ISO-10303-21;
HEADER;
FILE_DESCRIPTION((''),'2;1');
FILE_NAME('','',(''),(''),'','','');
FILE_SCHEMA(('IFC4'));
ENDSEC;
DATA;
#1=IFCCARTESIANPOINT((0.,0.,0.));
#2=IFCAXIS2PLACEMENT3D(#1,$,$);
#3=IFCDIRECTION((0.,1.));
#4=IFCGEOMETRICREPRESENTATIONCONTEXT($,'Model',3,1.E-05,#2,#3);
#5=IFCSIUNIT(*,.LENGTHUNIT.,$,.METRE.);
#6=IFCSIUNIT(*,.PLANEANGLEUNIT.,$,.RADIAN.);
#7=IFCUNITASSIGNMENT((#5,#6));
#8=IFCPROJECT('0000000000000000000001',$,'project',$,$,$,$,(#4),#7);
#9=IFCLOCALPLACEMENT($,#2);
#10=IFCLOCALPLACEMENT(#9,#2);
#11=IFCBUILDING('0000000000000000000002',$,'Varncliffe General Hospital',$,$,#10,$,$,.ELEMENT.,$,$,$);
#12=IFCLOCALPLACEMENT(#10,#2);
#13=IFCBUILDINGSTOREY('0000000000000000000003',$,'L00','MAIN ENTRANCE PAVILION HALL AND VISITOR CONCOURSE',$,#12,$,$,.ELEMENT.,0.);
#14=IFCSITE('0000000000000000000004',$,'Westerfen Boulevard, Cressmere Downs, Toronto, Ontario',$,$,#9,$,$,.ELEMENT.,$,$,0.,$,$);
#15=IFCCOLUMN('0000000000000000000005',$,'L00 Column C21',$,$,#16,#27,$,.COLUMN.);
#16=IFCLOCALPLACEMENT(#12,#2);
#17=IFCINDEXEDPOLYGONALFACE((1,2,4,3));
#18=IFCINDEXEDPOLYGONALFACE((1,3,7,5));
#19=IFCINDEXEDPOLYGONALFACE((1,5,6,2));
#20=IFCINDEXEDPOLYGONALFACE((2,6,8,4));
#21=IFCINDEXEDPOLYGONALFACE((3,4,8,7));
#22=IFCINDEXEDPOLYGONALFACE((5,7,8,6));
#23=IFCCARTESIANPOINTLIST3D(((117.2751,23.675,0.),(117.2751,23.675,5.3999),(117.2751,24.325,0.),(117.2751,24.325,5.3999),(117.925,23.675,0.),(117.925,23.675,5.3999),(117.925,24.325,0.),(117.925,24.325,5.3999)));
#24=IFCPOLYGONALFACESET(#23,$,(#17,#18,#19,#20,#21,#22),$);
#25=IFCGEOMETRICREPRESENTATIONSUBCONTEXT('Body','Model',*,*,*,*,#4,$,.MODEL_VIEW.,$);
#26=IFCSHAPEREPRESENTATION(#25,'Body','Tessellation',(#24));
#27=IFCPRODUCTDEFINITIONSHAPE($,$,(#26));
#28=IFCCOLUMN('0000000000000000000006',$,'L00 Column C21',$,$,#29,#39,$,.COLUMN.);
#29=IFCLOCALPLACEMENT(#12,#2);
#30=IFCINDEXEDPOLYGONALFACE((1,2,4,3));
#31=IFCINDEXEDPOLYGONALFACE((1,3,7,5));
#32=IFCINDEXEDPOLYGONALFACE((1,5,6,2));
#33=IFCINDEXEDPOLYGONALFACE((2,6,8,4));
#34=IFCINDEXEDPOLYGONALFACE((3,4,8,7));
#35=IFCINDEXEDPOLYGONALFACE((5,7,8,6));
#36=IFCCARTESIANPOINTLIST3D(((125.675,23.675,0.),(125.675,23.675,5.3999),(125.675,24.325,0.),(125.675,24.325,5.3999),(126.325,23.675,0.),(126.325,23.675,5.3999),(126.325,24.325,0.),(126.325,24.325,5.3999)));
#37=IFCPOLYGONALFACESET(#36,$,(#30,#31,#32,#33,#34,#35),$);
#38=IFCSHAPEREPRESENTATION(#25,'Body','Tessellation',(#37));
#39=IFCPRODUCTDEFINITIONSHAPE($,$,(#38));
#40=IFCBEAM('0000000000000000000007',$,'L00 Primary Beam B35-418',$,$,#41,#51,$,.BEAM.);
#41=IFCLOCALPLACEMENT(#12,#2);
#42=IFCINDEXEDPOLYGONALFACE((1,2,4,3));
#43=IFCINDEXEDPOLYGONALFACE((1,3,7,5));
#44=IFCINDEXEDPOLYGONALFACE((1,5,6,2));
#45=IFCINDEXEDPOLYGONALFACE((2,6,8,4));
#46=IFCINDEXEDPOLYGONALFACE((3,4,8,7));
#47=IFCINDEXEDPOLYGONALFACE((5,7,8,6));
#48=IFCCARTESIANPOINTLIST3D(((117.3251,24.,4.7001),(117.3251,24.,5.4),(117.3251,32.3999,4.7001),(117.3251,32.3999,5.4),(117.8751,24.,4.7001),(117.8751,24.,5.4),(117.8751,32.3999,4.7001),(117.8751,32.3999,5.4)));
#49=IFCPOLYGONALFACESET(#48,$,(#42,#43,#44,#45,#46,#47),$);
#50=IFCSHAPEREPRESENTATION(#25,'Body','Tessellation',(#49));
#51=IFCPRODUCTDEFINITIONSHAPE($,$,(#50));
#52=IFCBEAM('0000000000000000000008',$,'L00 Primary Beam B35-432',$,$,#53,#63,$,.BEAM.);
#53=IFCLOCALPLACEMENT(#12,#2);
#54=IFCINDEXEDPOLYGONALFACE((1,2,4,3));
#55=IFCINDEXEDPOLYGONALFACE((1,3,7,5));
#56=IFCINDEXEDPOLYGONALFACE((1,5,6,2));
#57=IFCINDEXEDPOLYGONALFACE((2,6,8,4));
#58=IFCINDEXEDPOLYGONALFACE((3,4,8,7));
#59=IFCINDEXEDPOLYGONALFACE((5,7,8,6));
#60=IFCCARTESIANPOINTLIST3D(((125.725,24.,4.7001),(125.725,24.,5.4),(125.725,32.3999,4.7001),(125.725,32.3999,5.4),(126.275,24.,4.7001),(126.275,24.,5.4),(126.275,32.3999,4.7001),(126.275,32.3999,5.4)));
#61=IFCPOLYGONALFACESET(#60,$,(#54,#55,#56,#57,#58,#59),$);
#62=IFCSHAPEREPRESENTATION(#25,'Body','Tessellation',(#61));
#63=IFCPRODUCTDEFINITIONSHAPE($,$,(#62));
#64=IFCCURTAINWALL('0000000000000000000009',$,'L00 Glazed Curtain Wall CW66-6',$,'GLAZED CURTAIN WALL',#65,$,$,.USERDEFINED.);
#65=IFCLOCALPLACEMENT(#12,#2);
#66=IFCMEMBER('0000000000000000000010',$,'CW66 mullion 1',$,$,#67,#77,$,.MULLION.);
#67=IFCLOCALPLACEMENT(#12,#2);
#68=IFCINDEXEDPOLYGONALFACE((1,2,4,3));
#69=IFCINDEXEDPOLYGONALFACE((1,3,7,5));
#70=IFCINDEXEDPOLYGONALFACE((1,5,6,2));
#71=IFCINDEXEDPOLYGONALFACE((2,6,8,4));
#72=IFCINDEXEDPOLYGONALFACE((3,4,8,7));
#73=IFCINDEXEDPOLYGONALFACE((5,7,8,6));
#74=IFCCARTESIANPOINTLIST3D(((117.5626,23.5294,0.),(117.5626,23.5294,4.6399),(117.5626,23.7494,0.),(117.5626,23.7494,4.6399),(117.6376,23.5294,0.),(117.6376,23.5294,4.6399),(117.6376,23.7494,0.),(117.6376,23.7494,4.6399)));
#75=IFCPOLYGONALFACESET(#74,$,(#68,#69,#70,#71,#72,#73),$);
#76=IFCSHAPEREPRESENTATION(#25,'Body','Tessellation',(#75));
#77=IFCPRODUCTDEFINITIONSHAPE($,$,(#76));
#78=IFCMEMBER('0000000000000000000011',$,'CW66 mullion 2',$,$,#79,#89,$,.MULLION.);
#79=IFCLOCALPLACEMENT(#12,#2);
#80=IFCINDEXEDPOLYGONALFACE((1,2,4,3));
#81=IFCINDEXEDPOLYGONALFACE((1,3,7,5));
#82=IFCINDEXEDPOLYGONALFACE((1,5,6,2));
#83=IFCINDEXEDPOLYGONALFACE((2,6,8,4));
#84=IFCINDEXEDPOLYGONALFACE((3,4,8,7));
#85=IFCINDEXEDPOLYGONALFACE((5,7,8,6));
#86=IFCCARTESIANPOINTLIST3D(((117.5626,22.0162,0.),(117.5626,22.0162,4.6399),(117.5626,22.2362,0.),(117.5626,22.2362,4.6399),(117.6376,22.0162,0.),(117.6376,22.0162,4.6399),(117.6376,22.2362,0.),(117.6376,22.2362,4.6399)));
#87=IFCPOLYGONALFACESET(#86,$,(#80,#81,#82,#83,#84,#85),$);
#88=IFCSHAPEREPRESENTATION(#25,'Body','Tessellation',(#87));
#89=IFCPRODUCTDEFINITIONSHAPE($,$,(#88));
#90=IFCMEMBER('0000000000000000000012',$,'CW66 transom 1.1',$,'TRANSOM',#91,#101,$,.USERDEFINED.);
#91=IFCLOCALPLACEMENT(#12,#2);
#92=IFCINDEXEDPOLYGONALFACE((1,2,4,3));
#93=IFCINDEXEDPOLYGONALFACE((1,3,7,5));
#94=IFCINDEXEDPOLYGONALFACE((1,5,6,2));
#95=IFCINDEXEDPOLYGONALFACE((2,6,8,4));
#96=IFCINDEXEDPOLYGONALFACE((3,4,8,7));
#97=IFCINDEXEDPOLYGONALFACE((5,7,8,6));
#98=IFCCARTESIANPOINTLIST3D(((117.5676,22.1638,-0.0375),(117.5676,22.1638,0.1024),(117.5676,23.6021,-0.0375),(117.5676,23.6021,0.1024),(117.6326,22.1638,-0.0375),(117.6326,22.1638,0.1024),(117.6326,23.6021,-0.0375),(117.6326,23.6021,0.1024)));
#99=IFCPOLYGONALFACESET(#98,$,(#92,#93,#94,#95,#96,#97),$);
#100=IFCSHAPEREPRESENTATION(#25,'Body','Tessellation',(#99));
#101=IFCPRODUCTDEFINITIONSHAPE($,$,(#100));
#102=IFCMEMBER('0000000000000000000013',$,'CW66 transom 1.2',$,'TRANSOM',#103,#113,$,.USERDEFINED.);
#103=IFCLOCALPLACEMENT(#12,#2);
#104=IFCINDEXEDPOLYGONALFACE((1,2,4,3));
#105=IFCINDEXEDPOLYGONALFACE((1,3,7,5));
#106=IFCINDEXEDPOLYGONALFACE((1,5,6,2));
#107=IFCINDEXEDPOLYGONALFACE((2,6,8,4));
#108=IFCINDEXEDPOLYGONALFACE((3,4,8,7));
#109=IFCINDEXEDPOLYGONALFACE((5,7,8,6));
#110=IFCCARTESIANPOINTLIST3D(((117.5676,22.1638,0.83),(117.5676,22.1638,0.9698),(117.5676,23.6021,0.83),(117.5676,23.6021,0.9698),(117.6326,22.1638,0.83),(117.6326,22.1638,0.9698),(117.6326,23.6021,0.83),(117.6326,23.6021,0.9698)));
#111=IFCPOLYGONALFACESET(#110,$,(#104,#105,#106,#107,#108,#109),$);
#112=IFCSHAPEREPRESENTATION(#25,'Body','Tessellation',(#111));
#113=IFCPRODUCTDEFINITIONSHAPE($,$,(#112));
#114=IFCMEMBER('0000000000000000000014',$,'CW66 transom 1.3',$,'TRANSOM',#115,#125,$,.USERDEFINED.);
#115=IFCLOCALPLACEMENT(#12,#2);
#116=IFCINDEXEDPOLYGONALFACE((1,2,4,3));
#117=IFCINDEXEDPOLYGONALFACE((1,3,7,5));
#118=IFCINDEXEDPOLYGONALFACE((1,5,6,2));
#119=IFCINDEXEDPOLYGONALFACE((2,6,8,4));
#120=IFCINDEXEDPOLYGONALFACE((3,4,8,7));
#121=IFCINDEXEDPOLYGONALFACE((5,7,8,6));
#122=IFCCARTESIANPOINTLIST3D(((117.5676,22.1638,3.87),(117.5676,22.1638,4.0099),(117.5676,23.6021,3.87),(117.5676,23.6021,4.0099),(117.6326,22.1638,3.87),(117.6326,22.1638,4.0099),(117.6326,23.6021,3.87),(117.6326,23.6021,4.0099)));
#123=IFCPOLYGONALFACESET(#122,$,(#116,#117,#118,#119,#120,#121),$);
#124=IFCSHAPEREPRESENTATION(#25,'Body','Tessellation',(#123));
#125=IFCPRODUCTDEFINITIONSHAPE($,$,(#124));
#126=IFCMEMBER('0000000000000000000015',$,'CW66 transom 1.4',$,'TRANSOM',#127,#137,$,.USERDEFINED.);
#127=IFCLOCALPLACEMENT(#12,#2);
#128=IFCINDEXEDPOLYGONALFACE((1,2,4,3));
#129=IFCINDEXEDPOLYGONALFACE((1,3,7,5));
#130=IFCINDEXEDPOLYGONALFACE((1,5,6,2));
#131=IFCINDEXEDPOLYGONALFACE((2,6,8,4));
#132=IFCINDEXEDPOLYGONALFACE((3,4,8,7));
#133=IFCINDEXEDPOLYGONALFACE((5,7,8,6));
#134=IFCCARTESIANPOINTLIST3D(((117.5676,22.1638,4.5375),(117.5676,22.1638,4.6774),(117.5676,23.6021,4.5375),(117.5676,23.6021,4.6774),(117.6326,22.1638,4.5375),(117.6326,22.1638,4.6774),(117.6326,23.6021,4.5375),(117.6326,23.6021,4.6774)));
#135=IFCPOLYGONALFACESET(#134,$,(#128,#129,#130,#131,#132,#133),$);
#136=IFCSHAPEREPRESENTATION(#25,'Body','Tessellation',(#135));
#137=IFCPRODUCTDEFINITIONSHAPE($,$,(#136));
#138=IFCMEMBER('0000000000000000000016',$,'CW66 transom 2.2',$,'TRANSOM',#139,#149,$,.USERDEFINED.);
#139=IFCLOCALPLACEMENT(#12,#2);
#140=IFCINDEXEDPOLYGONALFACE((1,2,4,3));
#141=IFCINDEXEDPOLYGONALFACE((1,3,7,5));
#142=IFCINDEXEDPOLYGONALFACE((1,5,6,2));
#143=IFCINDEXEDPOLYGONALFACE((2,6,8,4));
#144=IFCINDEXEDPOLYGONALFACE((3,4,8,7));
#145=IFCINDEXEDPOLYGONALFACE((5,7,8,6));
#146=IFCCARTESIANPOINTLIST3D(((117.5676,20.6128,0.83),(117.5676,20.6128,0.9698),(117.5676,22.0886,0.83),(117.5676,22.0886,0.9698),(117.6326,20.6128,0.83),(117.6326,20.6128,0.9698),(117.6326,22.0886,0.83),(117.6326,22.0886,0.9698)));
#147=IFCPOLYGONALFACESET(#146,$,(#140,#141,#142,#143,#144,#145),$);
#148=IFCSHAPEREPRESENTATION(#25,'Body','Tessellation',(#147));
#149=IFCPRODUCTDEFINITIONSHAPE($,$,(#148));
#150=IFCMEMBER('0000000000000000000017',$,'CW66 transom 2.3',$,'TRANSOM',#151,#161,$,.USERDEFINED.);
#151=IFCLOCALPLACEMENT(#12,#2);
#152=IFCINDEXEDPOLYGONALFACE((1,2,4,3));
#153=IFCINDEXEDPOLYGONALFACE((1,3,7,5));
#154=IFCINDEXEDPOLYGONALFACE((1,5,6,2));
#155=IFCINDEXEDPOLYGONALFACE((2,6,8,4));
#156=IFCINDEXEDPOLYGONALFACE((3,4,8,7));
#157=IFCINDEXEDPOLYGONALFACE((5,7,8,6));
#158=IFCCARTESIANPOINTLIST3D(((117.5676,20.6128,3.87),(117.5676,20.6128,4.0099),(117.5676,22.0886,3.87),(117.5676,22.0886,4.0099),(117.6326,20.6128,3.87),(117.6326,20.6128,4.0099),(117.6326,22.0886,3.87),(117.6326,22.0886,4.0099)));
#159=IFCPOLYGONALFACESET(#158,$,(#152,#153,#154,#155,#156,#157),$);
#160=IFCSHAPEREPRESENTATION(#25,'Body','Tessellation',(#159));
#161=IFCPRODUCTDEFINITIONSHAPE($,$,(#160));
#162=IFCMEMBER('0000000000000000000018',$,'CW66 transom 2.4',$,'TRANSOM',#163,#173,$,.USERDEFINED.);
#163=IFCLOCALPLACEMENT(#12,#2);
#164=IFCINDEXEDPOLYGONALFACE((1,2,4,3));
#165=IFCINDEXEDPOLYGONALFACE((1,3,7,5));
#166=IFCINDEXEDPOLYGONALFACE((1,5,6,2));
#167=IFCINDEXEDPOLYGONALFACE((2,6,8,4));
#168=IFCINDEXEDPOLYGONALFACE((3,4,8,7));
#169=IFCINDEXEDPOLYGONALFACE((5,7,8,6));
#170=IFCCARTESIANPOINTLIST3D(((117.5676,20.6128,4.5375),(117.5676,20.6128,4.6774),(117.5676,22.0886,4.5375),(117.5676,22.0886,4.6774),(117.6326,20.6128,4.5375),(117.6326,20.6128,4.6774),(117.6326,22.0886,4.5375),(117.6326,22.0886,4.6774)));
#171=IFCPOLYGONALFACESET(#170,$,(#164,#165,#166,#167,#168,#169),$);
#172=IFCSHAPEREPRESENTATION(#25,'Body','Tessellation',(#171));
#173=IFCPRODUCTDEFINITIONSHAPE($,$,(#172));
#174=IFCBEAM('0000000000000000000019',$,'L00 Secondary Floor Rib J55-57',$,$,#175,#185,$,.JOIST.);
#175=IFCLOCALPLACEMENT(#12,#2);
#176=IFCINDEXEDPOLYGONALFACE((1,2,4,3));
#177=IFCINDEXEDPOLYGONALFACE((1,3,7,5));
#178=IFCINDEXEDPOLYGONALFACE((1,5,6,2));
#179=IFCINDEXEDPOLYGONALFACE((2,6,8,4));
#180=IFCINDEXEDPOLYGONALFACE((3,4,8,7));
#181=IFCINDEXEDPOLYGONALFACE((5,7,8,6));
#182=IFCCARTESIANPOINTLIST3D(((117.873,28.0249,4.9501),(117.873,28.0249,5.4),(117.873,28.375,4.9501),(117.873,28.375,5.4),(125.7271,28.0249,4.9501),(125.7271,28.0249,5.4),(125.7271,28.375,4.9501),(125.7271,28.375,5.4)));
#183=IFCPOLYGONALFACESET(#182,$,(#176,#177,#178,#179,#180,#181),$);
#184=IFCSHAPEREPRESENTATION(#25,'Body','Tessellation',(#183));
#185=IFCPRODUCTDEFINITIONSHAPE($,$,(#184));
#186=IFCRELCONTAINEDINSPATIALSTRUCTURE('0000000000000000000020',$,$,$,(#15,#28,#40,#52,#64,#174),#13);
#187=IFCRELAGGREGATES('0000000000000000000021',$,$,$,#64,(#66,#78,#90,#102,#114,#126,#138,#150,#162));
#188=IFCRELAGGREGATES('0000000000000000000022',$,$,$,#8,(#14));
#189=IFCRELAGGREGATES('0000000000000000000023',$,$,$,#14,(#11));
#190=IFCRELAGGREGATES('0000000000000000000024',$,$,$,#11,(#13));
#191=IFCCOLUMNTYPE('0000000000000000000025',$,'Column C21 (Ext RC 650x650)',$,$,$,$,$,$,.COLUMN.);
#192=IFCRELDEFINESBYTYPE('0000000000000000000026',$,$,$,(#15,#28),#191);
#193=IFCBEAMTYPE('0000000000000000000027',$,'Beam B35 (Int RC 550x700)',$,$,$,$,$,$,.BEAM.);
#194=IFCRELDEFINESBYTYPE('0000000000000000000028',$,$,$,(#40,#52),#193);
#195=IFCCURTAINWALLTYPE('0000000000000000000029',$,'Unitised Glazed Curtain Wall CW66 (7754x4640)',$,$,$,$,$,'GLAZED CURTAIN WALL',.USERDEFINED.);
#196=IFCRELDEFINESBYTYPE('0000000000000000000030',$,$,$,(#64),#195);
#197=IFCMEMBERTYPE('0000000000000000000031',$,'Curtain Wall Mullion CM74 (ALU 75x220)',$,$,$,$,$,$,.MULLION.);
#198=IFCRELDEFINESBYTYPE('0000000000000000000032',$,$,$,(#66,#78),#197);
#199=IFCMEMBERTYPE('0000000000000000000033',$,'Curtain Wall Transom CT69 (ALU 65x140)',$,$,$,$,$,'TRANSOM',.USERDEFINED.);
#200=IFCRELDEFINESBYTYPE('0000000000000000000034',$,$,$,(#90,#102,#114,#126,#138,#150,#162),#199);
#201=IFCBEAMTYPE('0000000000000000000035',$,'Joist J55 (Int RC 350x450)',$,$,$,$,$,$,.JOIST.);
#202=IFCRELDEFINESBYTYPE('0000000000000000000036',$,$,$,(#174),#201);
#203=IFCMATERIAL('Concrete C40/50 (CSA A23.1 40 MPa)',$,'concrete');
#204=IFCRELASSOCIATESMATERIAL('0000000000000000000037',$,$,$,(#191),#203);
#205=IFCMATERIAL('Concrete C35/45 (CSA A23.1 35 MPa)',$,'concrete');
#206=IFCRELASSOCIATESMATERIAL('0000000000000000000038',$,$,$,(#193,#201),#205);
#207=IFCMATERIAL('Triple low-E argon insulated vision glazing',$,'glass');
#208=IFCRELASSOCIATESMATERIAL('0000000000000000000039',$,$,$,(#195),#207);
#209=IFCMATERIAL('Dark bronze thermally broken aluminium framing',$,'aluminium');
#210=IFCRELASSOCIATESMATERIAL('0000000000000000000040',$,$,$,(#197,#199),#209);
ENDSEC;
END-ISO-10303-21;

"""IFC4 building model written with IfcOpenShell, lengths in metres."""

from ifc_helpers import new_model, si_unit, direction, frame, origin, origin_2d, place, context, subcontext, project, spatial, rectangle, extrude, material, material_profile, profile_set, type_object, element, aggregate, save


model = new_model("IFC4")

# Units and contexts
model_context = context("Model", 3, precision=1e-05, world=origin(), true_north=direction((0.0, 1.0)))
body_context = subcontext(model_context, "Body", "Model", "MODEL_VIEW")
ifc_project = project(units=[si_unit("LENGTHUNIT", "METRE"), si_unit("PLANEANGLEUNIT", "RADIAN")], contexts=[model_context])

# Site, building, storey
site_placement = place(None, origin())
site = spatial("IfcSite", under=ifc_project, at=site_placement, Name="Westerfen Boulevard, Cressmere Downs, Toronto, Ontario", CompositionType="ELEMENT", RefElevation=0.0)
building_placement = place(site_placement, origin())
building = spatial("IfcBuilding", under=site, at=building_placement, Name="Varncliffe General Hospital", CompositionType="ELEMENT")
storey_placement = place(building_placement, origin())
storey = spatial("IfcBuildingStorey", under=building, at=storey_placement, Name="L00", Description="MAIN ENTRANCE PAVILION HALL AND VISITOR CONCOURSE", CompositionType="ELEMENT", Elevation=0.0)

# Columns
ifc_material_1 = material(Name="Concrete C40/50 (CSA A23.1 40 MPa)", Category="concrete")
ifc_material_profile_1 = material_profile(ifc_material_1, rectangle(XDim=0.6499, YDim=0.6499, at=origin_2d()), Name="RC 650x650")
ifc_profile_set_1 = profile_set([ifc_material_profile_1], Name="Concrete C40/50 (CSA A23.1 40 MPa)")
column_type = type_object("IfcColumnType", Name="Column C21 (Ext RC 650x650)", PredefinedType="COLUMN", material=ifc_profile_set_1)
for number, where, z_axis, x_axis, name in (
    (1, (117.6001, 24.0, 0.0), (0.0, 0.0, 1.0), (1.0, 0.0, 0.0), "L00 Column C21"),
    (2, (126.0, 24.0, 0.0), (0.0, 0.0, 1.0), (1.0, 0.0, 0.0), "L00 Column C21"),
):
    element("IfcColumn", number, at=place(storey_placement, frame(where, z_axis=z_axis, x_axis=x_axis)), inside=storey, type_object=column_type, Name=name, PredefinedType="COLUMN", context=body_context, shape_type="SweptSolid", body=[
        extrude(rectangle(XDim=0.6499, YDim=0.6499, at=origin_2d()), origin(), (0.0, 0.0, 1.0), 5.3999),
    ])

# Beams
ifc_material_2 = material(Name="Concrete C35/45 (CSA A23.1 35 MPa)", Category="concrete")
ifc_material_profile_2 = material_profile(ifc_material_2, rectangle(XDim=0.55, YDim=0.7, at=origin_2d()), Name="RC 550x700")
ifc_profile_set_2 = profile_set([ifc_material_profile_2], Name="Concrete C35/45 (CSA A23.1 35 MPa)")
beam_type_1 = type_object("IfcBeamType", Name="Beam B35 (Int RC 550x700)", PredefinedType="BEAM", material=ifc_profile_set_2)
for number, where, z_axis, x_axis, name in (
    (3, (117.6001, 24.0, 5.05), (0.0, 1.0, 0.0), (-1.0, 0.0, 0.0), "L00 Primary Beam B35-418"),
    (4, (126.0, 24.0, 5.05), (0.0, 1.0, 0.0), (-1.0, 0.0, 0.0), "L00 Primary Beam B35-432"),
):
    element("IfcBeam", number, at=place(storey_placement, frame(where, z_axis=z_axis, x_axis=x_axis)), inside=storey, type_object=beam_type_1, Name=name, PredefinedType="BEAM", context=body_context, shape_type="SweptSolid", body=[
        extrude(rectangle(XDim=0.55, YDim=0.7, at=origin_2d()), origin(), (0.0, 0.0, 1.0), 8.3999),
    ])

# Curtain wall, members
ifc_material_3 = material(Name="Triple low-E argon insulated vision glazing", Category="glass")
curtain_wall_type = type_object("IfcCurtainWallType", Name="Unitised Glazed Curtain Wall CW66 (7754x4640)", ElementType="GLAZED CURTAIN WALL", PredefinedType="USERDEFINED", material=ifc_material_3)
curtain_wall_placement = place(storey_placement, origin())
curtain_wall = element("IfcCurtainWall", 5, at=curtain_wall_placement, inside=storey, type_object=curtain_wall_type, Name="L00 Glazed Curtain Wall CW66-6", ObjectType="GLAZED CURTAIN WALL", PredefinedType="USERDEFINED")
ifc_material_4 = material(Name="Dark bronze thermally broken aluminium framing", Category="aluminium")
ifc_material_profile_3 = material_profile(ifc_material_4, rectangle(XDim=0.075, YDim=0.22, at=origin_2d()), Name="ALU 75x220")
ifc_profile_set_3 = profile_set([ifc_material_profile_3], Name="Dark bronze thermally broken aluminium framing")
member_type_1 = type_object("IfcMemberType", Name="Curtain Wall Mullion CM74 (ALU 75x220)", PredefinedType="MULLION", material=ifc_profile_set_3)
member_1_placement = place(storey_placement, frame((117.6001, 23.6394, 0.0), z_axis=(0.0, 0.0, 1.0), x_axis=(1.0, 0.0, 0.0)))
member_1 = element("IfcMember", 6, at=member_1_placement, type_object=member_type_1, Name="CW66 mullion 1", PredefinedType="MULLION", context=body_context, shape_type="SweptSolid", body=[
    extrude(rectangle(XDim=0.075, YDim=0.22, at=origin_2d()), origin(), (0.0, 0.0, 1.0), 4.6399),
])
member_2_placement = place(storey_placement, frame((117.6001, 22.1262, 0.0), z_axis=(0.0, 0.0, 1.0), x_axis=(1.0, 0.0, 0.0)))
member_2 = element("IfcMember", 7, at=member_2_placement, type_object=member_type_1, Name="CW66 mullion 2", PredefinedType="MULLION", context=body_context, shape_type="SweptSolid", body=[
    extrude(rectangle(XDim=0.075, YDim=0.22, at=origin_2d()), origin(), (0.0, 0.0, 1.0), 4.6399),
])
ifc_material_profile_4 = material_profile(ifc_material_4, rectangle(XDim=0.0649, YDim=0.1399, at=origin_2d()), Name="ALU 65x140")
ifc_profile_set_4 = profile_set([ifc_material_profile_4], Name="Dark bronze thermally broken aluminium framing")
member_type_2 = type_object("IfcMemberType", Name="Curtain Wall Transom CT69 (ALU 65x140)", ElementType="TRANSOM", PredefinedType="USERDEFINED", material=ifc_profile_set_4)
member_3_placement = place(storey_placement, frame((117.6001, 23.6021, 0.0325), z_axis=(0.0, -1.0, 0.0), x_axis=(1.0, 0.0, 0.0)))
member_3 = element("IfcMember", 8, at=member_3_placement, type_object=member_type_2, Name="CW66 transom 1.1", ObjectType="TRANSOM", PredefinedType="USERDEFINED", context=body_context, shape_type="SweptSolid", body=[
    extrude(rectangle(XDim=0.0649, YDim=0.1399, at=origin_2d()), origin(), (0.0, 0.0, 1.0), 1.4382),
])
member_4_placement = place(storey_placement, frame((117.6001, 23.6021, 0.8999), z_axis=(0.0, -1.0, 0.0), x_axis=(1.0, 0.0, 0.0)))
member_4 = element("IfcMember", 9, at=member_4_placement, type_object=member_type_2, Name="CW66 transom 1.2", ObjectType="TRANSOM", PredefinedType="USERDEFINED", context=body_context, shape_type="SweptSolid", body=[
    extrude(rectangle(XDim=0.0649, YDim=0.1399, at=origin_2d()), origin(), (0.0, 0.0, 1.0), 1.4382),
])
member_5_placement = place(storey_placement, frame((117.6001, 23.6021, 3.9399), z_axis=(0.0, -1.0, 0.0), x_axis=(1.0, 0.0, 0.0)))
member_5 = element("IfcMember", 10, at=member_5_placement, type_object=member_type_2, Name="CW66 transom 1.3", ObjectType="TRANSOM", PredefinedType="USERDEFINED", context=body_context, shape_type="SweptSolid", body=[
    extrude(rectangle(XDim=0.0649, YDim=0.1399, at=origin_2d()), origin(), (0.0, 0.0, 1.0), 1.4382),
])
member_6_placement = place(storey_placement, frame((117.6001, 23.6021, 4.6074), z_axis=(0.0, -1.0, 0.0), x_axis=(1.0, 0.0, 0.0)))
member_6 = element("IfcMember", 11, at=member_6_placement, type_object=member_type_2, Name="CW66 transom 1.4", ObjectType="TRANSOM", PredefinedType="USERDEFINED", context=body_context, shape_type="SweptSolid", body=[
    extrude(rectangle(XDim=0.0649, YDim=0.1399, at=origin_2d()), origin(), (0.0, 0.0, 1.0), 1.4382),
])
member_7_placement = place(storey_placement, frame((117.6001, 22.0886, 0.8999), z_axis=(0.0, -1.0, 0.0), x_axis=(1.0, 0.0, 0.0)))
member_7 = element("IfcMember", 12, at=member_7_placement, type_object=member_type_2, Name="CW66 transom 2.2", ObjectType="TRANSOM", PredefinedType="USERDEFINED", context=body_context, shape_type="SweptSolid", body=[
    extrude(rectangle(XDim=0.0649, YDim=0.1399, at=origin_2d()), origin(), (0.0, 0.0, 1.0), 1.4758),
])
member_8_placement = place(storey_placement, frame((117.6001, 22.0886, 3.9399), z_axis=(0.0, -1.0, 0.0), x_axis=(1.0, 0.0, 0.0)))
member_8 = element("IfcMember", 13, at=member_8_placement, type_object=member_type_2, Name="CW66 transom 2.3", ObjectType="TRANSOM", PredefinedType="USERDEFINED", context=body_context, shape_type="SweptSolid", body=[
    extrude(rectangle(XDim=0.0649, YDim=0.1399, at=origin_2d()), origin(), (0.0, 0.0, 1.0), 1.4758),
])
member_9_placement = place(storey_placement, frame((117.6001, 22.0886, 4.6074), z_axis=(0.0, -1.0, 0.0), x_axis=(1.0, 0.0, 0.0)))
member_9 = element("IfcMember", 14, at=member_9_placement, type_object=member_type_2, Name="CW66 transom 2.4", ObjectType="TRANSOM", PredefinedType="USERDEFINED", context=body_context, shape_type="SweptSolid", body=[
    extrude(rectangle(XDim=0.0649, YDim=0.1399, at=origin_2d()), origin(), (0.0, 0.0, 1.0), 1.4758),
])

# Beam
ifc_material_profile_5 = material_profile(ifc_material_2, rectangle(XDim=0.3501, YDim=0.45, at=origin_2d()), Name="RC 350x450")
ifc_profile_set_5 = profile_set([ifc_material_profile_5], Name="Concrete C35/45 (CSA A23.1 35 MPa)")
beam_type_2 = type_object("IfcBeamType", Name="Joist J55 (Int RC 350x450)", PredefinedType="JOIST", material=ifc_profile_set_5)
for number, where, z_axis, x_axis, name in (
    (15, (117.873, 28.2, 5.175), (1.0, 0.0, 0.0), (0.0, 1.0, 0.0), "L00 Secondary Floor Rib J55-57"),
):
    element("IfcBeam", number, at=place(storey_placement, frame(where, z_axis=z_axis, x_axis=x_axis)), inside=storey, type_object=beam_type_2, Name=name, PredefinedType="JOIST", context=body_context, shape_type="SweptSolid", body=[
        extrude(rectangle(XDim=0.3501, YDim=0.45, at=origin_2d()), origin(), (0.0, 0.0, 1.0), 7.854),
    ])

aggregate(curtain_wall, [member_1, member_2, member_3, member_4, member_5, member_6, member_7, member_8, member_9])

save(model, "model.ifc")
